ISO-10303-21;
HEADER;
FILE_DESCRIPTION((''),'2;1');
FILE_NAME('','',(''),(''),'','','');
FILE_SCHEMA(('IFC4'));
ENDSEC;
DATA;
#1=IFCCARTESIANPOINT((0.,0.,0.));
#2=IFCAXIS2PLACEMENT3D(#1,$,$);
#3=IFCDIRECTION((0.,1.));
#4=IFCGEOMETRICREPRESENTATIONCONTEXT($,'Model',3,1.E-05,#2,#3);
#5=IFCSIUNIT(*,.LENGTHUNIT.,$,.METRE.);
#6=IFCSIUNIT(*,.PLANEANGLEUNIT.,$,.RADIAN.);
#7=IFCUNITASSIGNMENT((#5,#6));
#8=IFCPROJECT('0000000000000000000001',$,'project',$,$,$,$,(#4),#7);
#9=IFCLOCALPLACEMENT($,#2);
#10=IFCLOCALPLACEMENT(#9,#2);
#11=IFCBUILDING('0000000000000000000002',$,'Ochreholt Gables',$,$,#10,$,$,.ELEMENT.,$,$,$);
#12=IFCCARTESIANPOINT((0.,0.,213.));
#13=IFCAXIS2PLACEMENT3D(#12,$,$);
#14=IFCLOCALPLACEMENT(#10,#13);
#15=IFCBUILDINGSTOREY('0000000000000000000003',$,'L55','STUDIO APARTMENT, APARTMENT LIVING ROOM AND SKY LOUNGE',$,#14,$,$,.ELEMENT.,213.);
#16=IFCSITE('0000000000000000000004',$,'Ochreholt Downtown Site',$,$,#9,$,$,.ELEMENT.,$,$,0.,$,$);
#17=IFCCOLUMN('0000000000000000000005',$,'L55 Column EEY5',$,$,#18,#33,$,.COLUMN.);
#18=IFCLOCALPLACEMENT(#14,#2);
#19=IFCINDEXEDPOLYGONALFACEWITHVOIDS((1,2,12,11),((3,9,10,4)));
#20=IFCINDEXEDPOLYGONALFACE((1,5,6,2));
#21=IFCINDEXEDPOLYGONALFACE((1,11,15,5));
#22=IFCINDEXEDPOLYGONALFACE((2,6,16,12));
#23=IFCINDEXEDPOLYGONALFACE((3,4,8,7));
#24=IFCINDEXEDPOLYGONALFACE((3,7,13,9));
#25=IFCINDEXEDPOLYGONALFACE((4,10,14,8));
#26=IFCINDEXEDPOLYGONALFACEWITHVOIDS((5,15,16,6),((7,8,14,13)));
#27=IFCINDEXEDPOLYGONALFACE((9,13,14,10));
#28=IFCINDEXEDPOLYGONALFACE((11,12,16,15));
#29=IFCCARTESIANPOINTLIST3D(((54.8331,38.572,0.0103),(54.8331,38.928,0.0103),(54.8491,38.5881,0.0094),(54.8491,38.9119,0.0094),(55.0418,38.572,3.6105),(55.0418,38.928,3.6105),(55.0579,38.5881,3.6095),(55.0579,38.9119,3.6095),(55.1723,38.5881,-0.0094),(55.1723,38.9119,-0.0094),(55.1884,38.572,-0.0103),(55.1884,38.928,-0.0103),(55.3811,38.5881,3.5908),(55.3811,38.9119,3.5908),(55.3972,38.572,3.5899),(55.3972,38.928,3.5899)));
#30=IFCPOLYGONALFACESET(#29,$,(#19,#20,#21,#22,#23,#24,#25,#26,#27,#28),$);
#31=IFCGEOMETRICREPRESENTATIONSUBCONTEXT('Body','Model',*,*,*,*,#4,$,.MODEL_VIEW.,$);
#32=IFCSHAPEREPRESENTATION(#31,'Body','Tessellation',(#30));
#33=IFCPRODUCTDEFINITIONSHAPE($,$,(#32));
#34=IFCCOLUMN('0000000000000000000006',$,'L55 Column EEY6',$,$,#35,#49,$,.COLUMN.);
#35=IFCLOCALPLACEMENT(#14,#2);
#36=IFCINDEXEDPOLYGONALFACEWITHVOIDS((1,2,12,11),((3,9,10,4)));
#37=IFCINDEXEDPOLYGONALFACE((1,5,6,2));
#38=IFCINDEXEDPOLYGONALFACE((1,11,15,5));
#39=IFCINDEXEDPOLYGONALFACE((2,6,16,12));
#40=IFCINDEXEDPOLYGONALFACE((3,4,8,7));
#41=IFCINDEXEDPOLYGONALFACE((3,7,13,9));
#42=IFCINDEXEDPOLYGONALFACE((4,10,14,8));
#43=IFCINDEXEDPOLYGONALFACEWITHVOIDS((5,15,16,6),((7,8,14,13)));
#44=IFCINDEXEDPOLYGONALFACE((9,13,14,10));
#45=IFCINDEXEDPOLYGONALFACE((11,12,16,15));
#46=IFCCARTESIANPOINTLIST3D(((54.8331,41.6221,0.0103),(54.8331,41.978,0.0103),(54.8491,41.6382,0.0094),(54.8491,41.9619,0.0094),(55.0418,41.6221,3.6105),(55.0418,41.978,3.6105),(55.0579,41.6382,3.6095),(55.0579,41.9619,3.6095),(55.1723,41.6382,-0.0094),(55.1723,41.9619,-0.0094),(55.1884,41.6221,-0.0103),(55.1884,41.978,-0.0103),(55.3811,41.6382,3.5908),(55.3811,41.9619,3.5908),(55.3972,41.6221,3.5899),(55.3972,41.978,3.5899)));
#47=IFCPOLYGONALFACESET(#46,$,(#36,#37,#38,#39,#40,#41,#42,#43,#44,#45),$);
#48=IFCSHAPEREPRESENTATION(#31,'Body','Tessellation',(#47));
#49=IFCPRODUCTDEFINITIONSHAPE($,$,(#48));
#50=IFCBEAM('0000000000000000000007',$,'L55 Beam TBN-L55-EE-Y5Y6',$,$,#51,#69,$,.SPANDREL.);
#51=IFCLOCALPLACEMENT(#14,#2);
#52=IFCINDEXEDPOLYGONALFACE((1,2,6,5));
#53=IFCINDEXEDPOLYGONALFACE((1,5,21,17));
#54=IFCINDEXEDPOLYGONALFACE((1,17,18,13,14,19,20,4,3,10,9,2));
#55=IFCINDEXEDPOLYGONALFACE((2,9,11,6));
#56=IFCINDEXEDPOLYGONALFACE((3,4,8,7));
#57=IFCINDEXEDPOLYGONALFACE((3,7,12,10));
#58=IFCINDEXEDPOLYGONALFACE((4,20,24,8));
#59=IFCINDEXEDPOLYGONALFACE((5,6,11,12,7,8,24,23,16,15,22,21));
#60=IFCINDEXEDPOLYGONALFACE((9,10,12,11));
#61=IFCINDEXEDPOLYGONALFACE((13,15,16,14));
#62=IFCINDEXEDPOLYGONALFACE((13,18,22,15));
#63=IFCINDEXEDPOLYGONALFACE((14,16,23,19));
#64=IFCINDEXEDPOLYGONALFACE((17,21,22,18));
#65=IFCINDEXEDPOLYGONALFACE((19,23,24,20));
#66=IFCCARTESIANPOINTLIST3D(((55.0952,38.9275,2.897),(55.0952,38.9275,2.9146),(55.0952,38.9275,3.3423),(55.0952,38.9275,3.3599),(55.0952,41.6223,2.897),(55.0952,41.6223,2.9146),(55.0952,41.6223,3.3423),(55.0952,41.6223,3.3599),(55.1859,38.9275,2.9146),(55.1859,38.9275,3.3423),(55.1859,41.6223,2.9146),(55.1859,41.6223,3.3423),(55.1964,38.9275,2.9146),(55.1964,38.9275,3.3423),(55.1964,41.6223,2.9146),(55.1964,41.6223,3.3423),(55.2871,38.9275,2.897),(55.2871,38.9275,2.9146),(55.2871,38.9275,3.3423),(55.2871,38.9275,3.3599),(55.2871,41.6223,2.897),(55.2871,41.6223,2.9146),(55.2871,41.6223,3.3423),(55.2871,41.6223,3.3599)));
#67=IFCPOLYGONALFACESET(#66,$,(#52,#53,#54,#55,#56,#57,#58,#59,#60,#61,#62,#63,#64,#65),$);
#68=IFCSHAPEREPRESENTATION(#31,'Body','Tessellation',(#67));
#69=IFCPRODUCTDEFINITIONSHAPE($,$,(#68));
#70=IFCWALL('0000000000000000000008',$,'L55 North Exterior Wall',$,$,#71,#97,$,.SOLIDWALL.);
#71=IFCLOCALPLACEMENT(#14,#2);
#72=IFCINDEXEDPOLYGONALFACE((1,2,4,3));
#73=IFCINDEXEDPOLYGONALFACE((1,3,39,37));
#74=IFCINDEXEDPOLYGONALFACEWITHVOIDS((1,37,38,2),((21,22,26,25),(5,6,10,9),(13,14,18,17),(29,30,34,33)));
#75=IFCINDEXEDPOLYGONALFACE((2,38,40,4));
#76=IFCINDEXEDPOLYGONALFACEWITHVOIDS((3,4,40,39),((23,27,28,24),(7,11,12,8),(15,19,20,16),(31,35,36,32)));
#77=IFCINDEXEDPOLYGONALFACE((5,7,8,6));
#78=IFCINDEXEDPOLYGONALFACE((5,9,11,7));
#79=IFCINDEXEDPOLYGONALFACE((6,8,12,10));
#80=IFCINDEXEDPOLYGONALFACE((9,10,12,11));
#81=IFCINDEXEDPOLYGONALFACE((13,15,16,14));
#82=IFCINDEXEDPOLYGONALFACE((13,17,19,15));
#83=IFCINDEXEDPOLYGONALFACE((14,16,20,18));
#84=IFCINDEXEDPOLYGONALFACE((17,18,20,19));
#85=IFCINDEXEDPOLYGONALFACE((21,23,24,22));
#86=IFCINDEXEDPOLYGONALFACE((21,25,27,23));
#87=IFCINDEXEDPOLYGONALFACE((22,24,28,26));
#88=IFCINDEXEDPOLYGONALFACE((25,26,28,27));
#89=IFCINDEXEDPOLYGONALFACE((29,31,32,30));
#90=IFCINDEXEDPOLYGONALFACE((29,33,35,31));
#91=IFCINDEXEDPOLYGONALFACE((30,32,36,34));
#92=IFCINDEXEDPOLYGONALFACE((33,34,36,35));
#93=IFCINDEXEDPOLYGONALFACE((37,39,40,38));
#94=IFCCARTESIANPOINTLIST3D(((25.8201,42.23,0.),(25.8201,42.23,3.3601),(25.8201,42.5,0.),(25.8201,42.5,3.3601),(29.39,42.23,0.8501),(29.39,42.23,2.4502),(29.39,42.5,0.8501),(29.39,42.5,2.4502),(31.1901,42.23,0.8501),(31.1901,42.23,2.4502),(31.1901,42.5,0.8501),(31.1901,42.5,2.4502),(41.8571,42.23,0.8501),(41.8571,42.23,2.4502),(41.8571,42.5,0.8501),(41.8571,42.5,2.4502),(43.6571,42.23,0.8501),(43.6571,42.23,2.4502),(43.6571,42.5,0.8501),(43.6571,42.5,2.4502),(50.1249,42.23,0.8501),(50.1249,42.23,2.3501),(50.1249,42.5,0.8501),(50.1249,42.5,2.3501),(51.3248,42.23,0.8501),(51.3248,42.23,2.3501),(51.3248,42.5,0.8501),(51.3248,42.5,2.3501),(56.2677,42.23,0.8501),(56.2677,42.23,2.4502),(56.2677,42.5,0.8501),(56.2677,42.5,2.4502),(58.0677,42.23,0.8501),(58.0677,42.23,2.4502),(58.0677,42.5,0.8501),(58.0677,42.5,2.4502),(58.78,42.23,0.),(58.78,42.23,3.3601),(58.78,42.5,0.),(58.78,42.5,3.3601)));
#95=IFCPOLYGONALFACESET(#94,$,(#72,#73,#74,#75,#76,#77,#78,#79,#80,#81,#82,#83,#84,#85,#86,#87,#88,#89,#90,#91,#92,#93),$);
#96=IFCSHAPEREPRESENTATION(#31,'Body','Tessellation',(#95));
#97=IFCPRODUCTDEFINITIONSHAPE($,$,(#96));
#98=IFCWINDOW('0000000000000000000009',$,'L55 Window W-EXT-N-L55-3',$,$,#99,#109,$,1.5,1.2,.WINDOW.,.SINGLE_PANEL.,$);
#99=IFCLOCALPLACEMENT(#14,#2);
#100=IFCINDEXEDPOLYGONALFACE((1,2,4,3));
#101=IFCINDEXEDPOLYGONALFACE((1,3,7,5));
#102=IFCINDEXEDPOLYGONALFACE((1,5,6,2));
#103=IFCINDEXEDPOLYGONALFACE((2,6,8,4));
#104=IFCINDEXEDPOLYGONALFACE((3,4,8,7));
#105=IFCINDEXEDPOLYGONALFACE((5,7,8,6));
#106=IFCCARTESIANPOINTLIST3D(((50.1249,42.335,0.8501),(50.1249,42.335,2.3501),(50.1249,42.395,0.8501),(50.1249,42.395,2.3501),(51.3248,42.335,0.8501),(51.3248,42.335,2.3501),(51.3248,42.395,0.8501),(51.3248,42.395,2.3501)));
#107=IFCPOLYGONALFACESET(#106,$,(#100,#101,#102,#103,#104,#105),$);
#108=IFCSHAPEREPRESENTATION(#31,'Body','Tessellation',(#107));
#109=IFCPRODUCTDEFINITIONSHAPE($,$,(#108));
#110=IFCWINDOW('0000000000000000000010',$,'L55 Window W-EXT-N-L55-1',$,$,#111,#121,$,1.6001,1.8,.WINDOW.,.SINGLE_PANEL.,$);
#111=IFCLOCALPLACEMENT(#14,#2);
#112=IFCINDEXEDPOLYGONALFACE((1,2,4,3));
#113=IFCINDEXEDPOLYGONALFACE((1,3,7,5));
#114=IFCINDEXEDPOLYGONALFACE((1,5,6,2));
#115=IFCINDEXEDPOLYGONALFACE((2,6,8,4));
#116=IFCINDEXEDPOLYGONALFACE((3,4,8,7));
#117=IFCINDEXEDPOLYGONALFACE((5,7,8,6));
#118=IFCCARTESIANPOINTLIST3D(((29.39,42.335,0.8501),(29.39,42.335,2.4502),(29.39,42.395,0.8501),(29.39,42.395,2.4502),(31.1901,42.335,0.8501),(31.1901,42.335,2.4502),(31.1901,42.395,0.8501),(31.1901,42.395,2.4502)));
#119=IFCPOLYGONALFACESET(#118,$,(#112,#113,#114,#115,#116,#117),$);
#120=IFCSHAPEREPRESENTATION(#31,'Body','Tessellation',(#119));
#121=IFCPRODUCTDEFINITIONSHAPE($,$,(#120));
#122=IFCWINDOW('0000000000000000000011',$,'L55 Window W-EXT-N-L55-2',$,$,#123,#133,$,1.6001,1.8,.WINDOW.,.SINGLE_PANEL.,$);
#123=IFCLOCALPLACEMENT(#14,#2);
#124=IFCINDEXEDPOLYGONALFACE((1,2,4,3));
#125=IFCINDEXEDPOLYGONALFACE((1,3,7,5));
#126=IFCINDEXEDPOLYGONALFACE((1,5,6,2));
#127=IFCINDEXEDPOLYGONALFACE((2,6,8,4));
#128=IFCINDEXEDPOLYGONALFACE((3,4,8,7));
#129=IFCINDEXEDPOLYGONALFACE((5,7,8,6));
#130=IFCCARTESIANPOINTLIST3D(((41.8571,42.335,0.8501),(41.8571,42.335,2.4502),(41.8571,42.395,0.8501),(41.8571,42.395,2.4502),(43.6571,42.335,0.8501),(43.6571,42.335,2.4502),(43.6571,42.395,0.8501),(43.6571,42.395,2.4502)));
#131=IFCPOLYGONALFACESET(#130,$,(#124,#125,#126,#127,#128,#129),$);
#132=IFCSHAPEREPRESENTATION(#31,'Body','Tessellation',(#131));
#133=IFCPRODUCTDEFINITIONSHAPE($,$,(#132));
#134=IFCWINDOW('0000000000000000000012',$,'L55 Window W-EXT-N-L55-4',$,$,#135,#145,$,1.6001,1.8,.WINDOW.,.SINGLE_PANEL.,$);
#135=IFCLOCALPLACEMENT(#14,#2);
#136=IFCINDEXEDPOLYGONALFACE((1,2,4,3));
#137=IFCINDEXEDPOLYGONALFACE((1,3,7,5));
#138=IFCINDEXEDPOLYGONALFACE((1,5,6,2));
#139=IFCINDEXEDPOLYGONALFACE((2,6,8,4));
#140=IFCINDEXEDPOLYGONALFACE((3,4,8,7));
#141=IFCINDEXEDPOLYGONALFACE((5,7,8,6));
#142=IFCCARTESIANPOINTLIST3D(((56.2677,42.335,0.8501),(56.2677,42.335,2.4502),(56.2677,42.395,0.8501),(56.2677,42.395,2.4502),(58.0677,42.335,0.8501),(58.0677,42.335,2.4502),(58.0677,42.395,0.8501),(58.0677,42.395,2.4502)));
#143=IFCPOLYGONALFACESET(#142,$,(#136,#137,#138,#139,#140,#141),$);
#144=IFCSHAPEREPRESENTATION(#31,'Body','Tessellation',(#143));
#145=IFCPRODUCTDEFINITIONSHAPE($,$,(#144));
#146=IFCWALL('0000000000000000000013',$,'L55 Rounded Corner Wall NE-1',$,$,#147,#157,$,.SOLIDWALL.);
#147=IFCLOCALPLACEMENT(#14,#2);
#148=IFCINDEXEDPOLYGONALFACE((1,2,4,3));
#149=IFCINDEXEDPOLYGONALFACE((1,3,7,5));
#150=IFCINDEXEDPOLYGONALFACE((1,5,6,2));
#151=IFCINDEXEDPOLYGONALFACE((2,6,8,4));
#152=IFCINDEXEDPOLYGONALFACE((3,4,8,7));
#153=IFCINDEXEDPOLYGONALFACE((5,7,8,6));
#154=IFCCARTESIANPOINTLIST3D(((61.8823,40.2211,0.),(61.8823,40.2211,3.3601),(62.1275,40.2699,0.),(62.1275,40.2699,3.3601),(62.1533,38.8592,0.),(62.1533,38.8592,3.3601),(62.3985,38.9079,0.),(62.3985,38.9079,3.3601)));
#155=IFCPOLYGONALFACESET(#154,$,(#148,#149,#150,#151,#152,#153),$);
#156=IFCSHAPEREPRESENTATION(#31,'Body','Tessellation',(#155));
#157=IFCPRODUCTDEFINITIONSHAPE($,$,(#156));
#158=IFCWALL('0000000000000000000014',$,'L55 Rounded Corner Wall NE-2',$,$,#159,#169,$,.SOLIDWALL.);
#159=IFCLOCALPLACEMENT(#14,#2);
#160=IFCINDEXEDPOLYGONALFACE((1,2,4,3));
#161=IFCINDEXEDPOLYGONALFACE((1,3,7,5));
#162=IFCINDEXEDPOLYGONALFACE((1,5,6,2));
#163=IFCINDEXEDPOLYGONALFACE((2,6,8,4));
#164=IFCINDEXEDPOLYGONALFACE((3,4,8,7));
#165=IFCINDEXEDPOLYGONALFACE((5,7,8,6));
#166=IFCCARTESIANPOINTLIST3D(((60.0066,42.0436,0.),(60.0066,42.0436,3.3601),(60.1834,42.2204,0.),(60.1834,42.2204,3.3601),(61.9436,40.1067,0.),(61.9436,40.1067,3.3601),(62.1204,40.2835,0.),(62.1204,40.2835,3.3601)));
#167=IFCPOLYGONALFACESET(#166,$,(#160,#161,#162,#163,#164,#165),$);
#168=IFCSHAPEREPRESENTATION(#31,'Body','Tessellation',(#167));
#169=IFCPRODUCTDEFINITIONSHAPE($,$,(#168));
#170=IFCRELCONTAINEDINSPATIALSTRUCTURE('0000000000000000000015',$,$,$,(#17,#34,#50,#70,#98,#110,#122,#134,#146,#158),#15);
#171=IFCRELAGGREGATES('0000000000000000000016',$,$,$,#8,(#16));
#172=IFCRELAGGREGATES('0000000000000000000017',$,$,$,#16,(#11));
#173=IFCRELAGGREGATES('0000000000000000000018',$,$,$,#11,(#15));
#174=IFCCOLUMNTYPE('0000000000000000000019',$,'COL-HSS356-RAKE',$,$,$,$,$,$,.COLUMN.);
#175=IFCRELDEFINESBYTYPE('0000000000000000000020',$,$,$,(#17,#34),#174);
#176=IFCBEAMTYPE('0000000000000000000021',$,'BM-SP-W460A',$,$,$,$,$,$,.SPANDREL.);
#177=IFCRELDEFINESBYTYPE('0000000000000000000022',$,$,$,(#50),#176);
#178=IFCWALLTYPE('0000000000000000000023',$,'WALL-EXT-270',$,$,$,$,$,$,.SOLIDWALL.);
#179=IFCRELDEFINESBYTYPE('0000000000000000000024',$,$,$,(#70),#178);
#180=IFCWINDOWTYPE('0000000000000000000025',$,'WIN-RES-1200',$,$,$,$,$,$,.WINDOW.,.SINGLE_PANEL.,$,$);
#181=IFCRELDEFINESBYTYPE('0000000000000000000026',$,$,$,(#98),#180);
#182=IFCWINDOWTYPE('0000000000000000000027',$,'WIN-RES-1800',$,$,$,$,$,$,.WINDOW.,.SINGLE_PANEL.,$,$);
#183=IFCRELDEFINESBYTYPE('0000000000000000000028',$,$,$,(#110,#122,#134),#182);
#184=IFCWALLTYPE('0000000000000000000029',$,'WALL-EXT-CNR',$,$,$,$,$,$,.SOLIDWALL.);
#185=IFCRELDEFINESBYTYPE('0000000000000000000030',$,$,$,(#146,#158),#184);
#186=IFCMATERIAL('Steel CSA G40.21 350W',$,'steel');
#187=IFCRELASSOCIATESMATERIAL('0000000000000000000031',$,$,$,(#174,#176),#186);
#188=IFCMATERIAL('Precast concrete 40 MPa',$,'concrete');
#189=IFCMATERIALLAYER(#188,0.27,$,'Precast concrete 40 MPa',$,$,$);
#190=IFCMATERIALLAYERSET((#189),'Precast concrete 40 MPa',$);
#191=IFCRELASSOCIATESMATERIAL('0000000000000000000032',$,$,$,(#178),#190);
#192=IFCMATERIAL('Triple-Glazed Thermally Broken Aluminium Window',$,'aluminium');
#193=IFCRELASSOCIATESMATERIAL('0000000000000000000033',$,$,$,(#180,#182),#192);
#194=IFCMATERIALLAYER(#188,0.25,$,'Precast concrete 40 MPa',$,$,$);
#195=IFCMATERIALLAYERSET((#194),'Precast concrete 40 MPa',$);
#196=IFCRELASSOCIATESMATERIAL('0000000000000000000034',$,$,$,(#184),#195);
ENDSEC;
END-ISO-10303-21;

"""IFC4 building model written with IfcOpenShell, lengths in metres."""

from ifc_helpers import new_model, si_unit, direction, frame, frame_2d, origin, origin_2d, place, context, subcontext, project, spatial, rectangle, hollow_rectangle, i_section, extrude, material, layer, layer_set, material_profile, profile_set, type_object, element, fill, save


model = new_model("IFC4")

# Units and contexts
model_context = context("Model", 3, precision=1e-05, world=origin(), true_north=direction((0.0, 1.0)))
body_context = subcontext(model_context, "Body", "Model", "MODEL_VIEW")
ifc_project = project(units=[si_unit("LENGTHUNIT", "METRE"), si_unit("PLANEANGLEUNIT", "RADIAN")], contexts=[model_context])

# Site, building, storey
site_placement = place(None, origin())
site = spatial("IfcSite", under=ifc_project, at=site_placement, Name="Ochreholt Downtown Site", CompositionType="ELEMENT", RefElevation=0.0)
building_placement = place(site_placement, origin())
building = spatial("IfcBuilding", under=site, at=building_placement, Name="Ochreholt Gables", CompositionType="ELEMENT")
storey_placement = place(building_placement, frame((0.0, 0.0, 213.0)))
storey = spatial("IfcBuildingStorey", under=building, at=storey_placement, Name="L55", Description="STUDIO APARTMENT, APARTMENT LIVING ROOM AND SKY LOUNGE", CompositionType="ELEMENT", Elevation=213.0)

# Columns
ifc_material_1 = material(Name="Steel CSA G40.21 350W", Category="steel")
ifc_material_profile_1 = material_profile(ifc_material_1, hollow_rectangle(XDim=0.356, YDim=0.356, WallThickness=0.0161, at=origin_2d()), Name="HSS356X356X16")
ifc_profile_set_1 = profile_set([ifc_material_profile_1], Name="Steel CSA G40.21 350W")
column_type = type_object("IfcColumnType", Name="COL-HSS356-RAKE", PredefinedType="COLUMN", material=ifc_profile_set_1)
for number, where, z_axis, x_axis, name in (
    (1, (55.0107, 38.75, 0.0), (0.057885, 0.0, 0.998323), (0.0, 1.0, 0.0), "L55 Column EEY5"),
    (2, (55.0107, 41.8, 0.0), (0.057885, 0.0, 0.998323), (0.0, 1.0, 0.0), "L55 Column EEY6"),
):
    element("IfcColumn", number, at=place(storey_placement, frame(where, z_axis=z_axis, x_axis=x_axis)), inside=storey, type_object=column_type, Name=name, PredefinedType="COLUMN", context=body_context, shape_type="SweptSolid", body=[
        extrude(hollow_rectangle(XDim=0.356, YDim=0.356, WallThickness=0.0161, at=origin_2d()), origin(), (0.0, 0.0, 1.0), 3.6062),
    ])

# Beam
ifc_material_profile_2 = material_profile(ifc_material_1, i_section(OverallWidth=0.1919, OverallDepth=0.4629, WebThickness=0.0105, FlangeThickness=0.0176, at=origin_2d()), Name="W460X89")
ifc_profile_set_2 = profile_set([ifc_material_profile_2], Name="Steel CSA G40.21 350W")
beam_type = type_object("IfcBeamType", Name="BM-SP-W460A", PredefinedType="SPANDREL", material=ifc_profile_set_2)
beam_placement = place(storey_placement, frame((55.1912, 38.9275, 3.1284), z_axis=(0.0, 1.0, 0.0), x_axis=(-1.0, 0.0, 0.0)))
element("IfcBeam", 3, at=beam_placement, inside=storey, type_object=beam_type, Name="L55 Beam TBN-L55-EE-Y5Y6", PredefinedType="SPANDREL", context=body_context, shape_type="SweptSolid", body=[
    extrude(i_section(OverallWidth=0.1919, OverallDepth=0.4629, WebThickness=0.0105, FlangeThickness=0.0176, at=origin_2d()), origin(), (0.0, 0.0, 1.0), 2.6948),
])

# Wall, openings, windows
ifc_material_2 = material(Name="Precast concrete 40 MPa", Category="concrete")
ifc_layer_1 = layer(ifc_material_2, 0.27, Name="Precast concrete 40 MPa")
ifc_layer_set_1 = layer_set([ifc_layer_1], Name="Precast concrete 40 MPa")
wall_type_1 = type_object("IfcWallType", Name="WALL-EXT-270", PredefinedType="SOLIDWALL", material=ifc_layer_set_1)
wall_1_placement = place(storey_placement, frame((58.78, 42.365, 0.0), z_axis=(0.0, 0.0, 1.0), x_axis=(-1.0, 0.0, 0.0)))
wall_1 = element("IfcWall", 4, at=wall_1_placement, inside=storey, type_object=wall_type_1, Name="L55 North Exterior Wall", PredefinedType="SOLIDWALL", context=body_context, shape_type="SweptSolid", body=[
    extrude(rectangle(XDim=32.96, YDim=0.27, at=frame_2d((16.48, 0.0))), origin(), (0.0, 0.0, 1.0), 3.3601),
])
opening_1_placement = place(wall_1_placement, frame((27.5901, 0.0, 0.8501)))
opening_1 = element("IfcOpeningElement", 5, at=opening_1_placement, cuts=wall_1, PredefinedType="OPENING", context=body_context, shape_type="SweptSolid", body=[
    extrude(rectangle(XDim=1.8, YDim=1.6001, at=frame_2d((0.8999, 0.8))), frame((0.0, 0.145, 0.0), z_axis=(0.0, -1.0, 0.0), x_axis=(1.0, 0.0, 0.0)), (0.0, 0.0, 1.0), 0.29),
])
opening_2_placement = place(wall_1_placement, frame((15.123, 0.0, 0.8501)))
opening_2 = element("IfcOpeningElement", 6, at=opening_2_placement, cuts=wall_1, PredefinedType="OPENING", context=body_context, shape_type="SweptSolid", body=[
    extrude(rectangle(XDim=1.8, YDim=1.6001, at=frame_2d((0.8999, 0.8))), frame((0.0, 0.145, 0.0), z_axis=(0.0, -1.0, 0.0), x_axis=(1.0, 0.0, 0.0)), (0.0, 0.0, 1.0), 0.29),
])
opening_3_placement = place(wall_1_placement, frame((7.4551, 0.0, 0.8501)))
opening_3 = element("IfcOpeningElement", 7, at=opening_3_placement, cuts=wall_1, PredefinedType="OPENING", context=body_context, shape_type="SweptSolid", body=[
    extrude(rectangle(XDim=1.2, YDim=1.5, at=frame_2d((0.6001, 0.75))), frame((0.0, 0.145, 0.0), z_axis=(0.0, -1.0, 0.0), x_axis=(1.0, 0.0, 0.0)), (0.0, 0.0, 1.0), 0.29),
])
opening_4_placement = place(wall_1_placement, frame((0.7124, 0.0, 0.8501)))
opening_4 = element("IfcOpeningElement", 8, at=opening_4_placement, cuts=wall_1, PredefinedType="OPENING", context=body_context, shape_type="SweptSolid", body=[
    extrude(rectangle(XDim=1.8, YDim=1.6001, at=frame_2d((0.8999, 0.8))), frame((0.0, 0.145, 0.0), z_axis=(0.0, -1.0, 0.0), x_axis=(1.0, 0.0, 0.0)), (0.0, 0.0, 1.0), 0.29),
])
ifc_material_3 = material(Name="Triple-Glazed Thermally Broken Aluminium Window", Category="aluminium")
window_type_1 = type_object("IfcWindowType", Name="WIN-RES-1200", PartitioningType="SINGLE_PANEL", PredefinedType="WINDOW", material=ifc_material_3)
window_1_placement = place(opening_3_placement, origin())
window_1 = element("IfcWindow", 9, at=window_1_placement, inside=storey, type_object=window_type_1, Name="L55 Window W-EXT-N-L55-3", OverallHeight=1.5, OverallWidth=1.2, PartitioningType="SINGLE_PANEL", PredefinedType="WINDOW", context=body_context, shape_type="SweptSolid", body=[
    extrude(rectangle(XDim=1.2, YDim=1.5, at=frame_2d((0.6001, 0.75))), frame((0.0, 0.03, 0.0), z_axis=(0.0, -1.0, 0.0), x_axis=(1.0, 0.0, 0.0)), (0.0, 0.0, 1.0), 0.0601),
])
fill(opening_3, window_1)
window_type_2 = type_object("IfcWindowType", Name="WIN-RES-1800", PartitioningType="SINGLE_PANEL", PredefinedType="WINDOW", material=ifc_material_3)
window_2_placement = place(opening_1_placement, origin())
window_2 = element("IfcWindow", 10, at=window_2_placement, inside=storey, type_object=window_type_2, Name="L55 Window W-EXT-N-L55-1", OverallHeight=1.6001, OverallWidth=1.8, PartitioningType="SINGLE_PANEL", PredefinedType="WINDOW", context=body_context, shape_type="SweptSolid", body=[
    extrude(rectangle(XDim=1.8, YDim=1.6001, at=frame_2d((0.8999, 0.8))), frame((0.0, 0.03, 0.0), z_axis=(0.0, -1.0, 0.0), x_axis=(1.0, 0.0, 0.0)), (0.0, 0.0, 1.0), 0.0601),
])
fill(opening_1, window_2)
window_3_placement = place(opening_2_placement, origin())
window_3 = element("IfcWindow", 11, at=window_3_placement, inside=storey, type_object=window_type_2, Name="L55 Window W-EXT-N-L55-2", OverallHeight=1.6001, OverallWidth=1.8, PartitioningType="SINGLE_PANEL", PredefinedType="WINDOW", context=body_context, shape_type="SweptSolid", body=[
    extrude(rectangle(XDim=1.8, YDim=1.6001, at=frame_2d((0.8999, 0.8))), frame((0.0, 0.03, 0.0), z_axis=(0.0, -1.0, 0.0), x_axis=(1.0, 0.0, 0.0)), (0.0, 0.0, 1.0), 0.0601),
])
fill(opening_2, window_3)
window_4_placement = place(opening_4_placement, origin())
window_4 = element("IfcWindow", 12, at=window_4_placement, inside=storey, type_object=window_type_2, Name="L55 Window W-EXT-N-L55-4", OverallHeight=1.6001, OverallWidth=1.8, PartitioningType="SINGLE_PANEL", PredefinedType="WINDOW", context=body_context, shape_type="SweptSolid", body=[
    extrude(rectangle(XDim=1.8, YDim=1.6001, at=frame_2d((0.8999, 0.8))), frame((0.0, 0.03, 0.0), z_axis=(0.0, -1.0, 0.0), x_axis=(1.0, 0.0, 0.0)), (0.0, 0.0, 1.0), 0.0601),
])
fill(opening_4, window_4)

# Walls
ifc_layer_2 = layer(ifc_material_2, 0.25, Name="Precast concrete 40 MPa")
ifc_layer_set_2 = layer_set([ifc_layer_2], Name="Precast concrete 40 MPa")
wall_type_2 = type_object("IfcWallType", Name="WALL-EXT-CNR", PredefinedType="SOLIDWALL", material=ifc_layer_set_2)
wall_2_placement = place(storey_placement, frame((62.2759, 38.8835, 0.0), z_axis=(0.0, 0.0, 1.0), x_axis=(-0.195136, 0.980776, 0.0)))
element("IfcWall", 13, at=wall_2_placement, inside=storey, type_object=wall_type_2, Name="L55 Rounded Corner Wall NE-1", PredefinedType="SOLIDWALL", context=body_context, shape_type="SweptSolid", body=[
    extrude(rectangle(XDim=1.3887, YDim=0.25, at=frame_2d((0.6943, 0.0))), origin(), (0.0, 0.0, 1.0), 3.3601),
])
wall_3_placement = place(storey_placement, frame((62.032, 40.1951, 0.0), z_axis=(0.0, 0.0, 1.0), x_axis=(-0.707107, 0.707107, 0.0)))
element("IfcWall", 14, at=wall_3_placement, inside=storey, type_object=wall_type_2, Name="L55 Rounded Corner Wall NE-2", PredefinedType="SOLIDWALL", context=body_context, shape_type="SweptSolid", body=[
    extrude(rectangle(XDim=2.7393, YDim=0.25, at=frame_2d((1.3696, 0.0))), origin(), (0.0, 0.0, 1.0), 3.3601),
])

save(model, "model.ifc")
